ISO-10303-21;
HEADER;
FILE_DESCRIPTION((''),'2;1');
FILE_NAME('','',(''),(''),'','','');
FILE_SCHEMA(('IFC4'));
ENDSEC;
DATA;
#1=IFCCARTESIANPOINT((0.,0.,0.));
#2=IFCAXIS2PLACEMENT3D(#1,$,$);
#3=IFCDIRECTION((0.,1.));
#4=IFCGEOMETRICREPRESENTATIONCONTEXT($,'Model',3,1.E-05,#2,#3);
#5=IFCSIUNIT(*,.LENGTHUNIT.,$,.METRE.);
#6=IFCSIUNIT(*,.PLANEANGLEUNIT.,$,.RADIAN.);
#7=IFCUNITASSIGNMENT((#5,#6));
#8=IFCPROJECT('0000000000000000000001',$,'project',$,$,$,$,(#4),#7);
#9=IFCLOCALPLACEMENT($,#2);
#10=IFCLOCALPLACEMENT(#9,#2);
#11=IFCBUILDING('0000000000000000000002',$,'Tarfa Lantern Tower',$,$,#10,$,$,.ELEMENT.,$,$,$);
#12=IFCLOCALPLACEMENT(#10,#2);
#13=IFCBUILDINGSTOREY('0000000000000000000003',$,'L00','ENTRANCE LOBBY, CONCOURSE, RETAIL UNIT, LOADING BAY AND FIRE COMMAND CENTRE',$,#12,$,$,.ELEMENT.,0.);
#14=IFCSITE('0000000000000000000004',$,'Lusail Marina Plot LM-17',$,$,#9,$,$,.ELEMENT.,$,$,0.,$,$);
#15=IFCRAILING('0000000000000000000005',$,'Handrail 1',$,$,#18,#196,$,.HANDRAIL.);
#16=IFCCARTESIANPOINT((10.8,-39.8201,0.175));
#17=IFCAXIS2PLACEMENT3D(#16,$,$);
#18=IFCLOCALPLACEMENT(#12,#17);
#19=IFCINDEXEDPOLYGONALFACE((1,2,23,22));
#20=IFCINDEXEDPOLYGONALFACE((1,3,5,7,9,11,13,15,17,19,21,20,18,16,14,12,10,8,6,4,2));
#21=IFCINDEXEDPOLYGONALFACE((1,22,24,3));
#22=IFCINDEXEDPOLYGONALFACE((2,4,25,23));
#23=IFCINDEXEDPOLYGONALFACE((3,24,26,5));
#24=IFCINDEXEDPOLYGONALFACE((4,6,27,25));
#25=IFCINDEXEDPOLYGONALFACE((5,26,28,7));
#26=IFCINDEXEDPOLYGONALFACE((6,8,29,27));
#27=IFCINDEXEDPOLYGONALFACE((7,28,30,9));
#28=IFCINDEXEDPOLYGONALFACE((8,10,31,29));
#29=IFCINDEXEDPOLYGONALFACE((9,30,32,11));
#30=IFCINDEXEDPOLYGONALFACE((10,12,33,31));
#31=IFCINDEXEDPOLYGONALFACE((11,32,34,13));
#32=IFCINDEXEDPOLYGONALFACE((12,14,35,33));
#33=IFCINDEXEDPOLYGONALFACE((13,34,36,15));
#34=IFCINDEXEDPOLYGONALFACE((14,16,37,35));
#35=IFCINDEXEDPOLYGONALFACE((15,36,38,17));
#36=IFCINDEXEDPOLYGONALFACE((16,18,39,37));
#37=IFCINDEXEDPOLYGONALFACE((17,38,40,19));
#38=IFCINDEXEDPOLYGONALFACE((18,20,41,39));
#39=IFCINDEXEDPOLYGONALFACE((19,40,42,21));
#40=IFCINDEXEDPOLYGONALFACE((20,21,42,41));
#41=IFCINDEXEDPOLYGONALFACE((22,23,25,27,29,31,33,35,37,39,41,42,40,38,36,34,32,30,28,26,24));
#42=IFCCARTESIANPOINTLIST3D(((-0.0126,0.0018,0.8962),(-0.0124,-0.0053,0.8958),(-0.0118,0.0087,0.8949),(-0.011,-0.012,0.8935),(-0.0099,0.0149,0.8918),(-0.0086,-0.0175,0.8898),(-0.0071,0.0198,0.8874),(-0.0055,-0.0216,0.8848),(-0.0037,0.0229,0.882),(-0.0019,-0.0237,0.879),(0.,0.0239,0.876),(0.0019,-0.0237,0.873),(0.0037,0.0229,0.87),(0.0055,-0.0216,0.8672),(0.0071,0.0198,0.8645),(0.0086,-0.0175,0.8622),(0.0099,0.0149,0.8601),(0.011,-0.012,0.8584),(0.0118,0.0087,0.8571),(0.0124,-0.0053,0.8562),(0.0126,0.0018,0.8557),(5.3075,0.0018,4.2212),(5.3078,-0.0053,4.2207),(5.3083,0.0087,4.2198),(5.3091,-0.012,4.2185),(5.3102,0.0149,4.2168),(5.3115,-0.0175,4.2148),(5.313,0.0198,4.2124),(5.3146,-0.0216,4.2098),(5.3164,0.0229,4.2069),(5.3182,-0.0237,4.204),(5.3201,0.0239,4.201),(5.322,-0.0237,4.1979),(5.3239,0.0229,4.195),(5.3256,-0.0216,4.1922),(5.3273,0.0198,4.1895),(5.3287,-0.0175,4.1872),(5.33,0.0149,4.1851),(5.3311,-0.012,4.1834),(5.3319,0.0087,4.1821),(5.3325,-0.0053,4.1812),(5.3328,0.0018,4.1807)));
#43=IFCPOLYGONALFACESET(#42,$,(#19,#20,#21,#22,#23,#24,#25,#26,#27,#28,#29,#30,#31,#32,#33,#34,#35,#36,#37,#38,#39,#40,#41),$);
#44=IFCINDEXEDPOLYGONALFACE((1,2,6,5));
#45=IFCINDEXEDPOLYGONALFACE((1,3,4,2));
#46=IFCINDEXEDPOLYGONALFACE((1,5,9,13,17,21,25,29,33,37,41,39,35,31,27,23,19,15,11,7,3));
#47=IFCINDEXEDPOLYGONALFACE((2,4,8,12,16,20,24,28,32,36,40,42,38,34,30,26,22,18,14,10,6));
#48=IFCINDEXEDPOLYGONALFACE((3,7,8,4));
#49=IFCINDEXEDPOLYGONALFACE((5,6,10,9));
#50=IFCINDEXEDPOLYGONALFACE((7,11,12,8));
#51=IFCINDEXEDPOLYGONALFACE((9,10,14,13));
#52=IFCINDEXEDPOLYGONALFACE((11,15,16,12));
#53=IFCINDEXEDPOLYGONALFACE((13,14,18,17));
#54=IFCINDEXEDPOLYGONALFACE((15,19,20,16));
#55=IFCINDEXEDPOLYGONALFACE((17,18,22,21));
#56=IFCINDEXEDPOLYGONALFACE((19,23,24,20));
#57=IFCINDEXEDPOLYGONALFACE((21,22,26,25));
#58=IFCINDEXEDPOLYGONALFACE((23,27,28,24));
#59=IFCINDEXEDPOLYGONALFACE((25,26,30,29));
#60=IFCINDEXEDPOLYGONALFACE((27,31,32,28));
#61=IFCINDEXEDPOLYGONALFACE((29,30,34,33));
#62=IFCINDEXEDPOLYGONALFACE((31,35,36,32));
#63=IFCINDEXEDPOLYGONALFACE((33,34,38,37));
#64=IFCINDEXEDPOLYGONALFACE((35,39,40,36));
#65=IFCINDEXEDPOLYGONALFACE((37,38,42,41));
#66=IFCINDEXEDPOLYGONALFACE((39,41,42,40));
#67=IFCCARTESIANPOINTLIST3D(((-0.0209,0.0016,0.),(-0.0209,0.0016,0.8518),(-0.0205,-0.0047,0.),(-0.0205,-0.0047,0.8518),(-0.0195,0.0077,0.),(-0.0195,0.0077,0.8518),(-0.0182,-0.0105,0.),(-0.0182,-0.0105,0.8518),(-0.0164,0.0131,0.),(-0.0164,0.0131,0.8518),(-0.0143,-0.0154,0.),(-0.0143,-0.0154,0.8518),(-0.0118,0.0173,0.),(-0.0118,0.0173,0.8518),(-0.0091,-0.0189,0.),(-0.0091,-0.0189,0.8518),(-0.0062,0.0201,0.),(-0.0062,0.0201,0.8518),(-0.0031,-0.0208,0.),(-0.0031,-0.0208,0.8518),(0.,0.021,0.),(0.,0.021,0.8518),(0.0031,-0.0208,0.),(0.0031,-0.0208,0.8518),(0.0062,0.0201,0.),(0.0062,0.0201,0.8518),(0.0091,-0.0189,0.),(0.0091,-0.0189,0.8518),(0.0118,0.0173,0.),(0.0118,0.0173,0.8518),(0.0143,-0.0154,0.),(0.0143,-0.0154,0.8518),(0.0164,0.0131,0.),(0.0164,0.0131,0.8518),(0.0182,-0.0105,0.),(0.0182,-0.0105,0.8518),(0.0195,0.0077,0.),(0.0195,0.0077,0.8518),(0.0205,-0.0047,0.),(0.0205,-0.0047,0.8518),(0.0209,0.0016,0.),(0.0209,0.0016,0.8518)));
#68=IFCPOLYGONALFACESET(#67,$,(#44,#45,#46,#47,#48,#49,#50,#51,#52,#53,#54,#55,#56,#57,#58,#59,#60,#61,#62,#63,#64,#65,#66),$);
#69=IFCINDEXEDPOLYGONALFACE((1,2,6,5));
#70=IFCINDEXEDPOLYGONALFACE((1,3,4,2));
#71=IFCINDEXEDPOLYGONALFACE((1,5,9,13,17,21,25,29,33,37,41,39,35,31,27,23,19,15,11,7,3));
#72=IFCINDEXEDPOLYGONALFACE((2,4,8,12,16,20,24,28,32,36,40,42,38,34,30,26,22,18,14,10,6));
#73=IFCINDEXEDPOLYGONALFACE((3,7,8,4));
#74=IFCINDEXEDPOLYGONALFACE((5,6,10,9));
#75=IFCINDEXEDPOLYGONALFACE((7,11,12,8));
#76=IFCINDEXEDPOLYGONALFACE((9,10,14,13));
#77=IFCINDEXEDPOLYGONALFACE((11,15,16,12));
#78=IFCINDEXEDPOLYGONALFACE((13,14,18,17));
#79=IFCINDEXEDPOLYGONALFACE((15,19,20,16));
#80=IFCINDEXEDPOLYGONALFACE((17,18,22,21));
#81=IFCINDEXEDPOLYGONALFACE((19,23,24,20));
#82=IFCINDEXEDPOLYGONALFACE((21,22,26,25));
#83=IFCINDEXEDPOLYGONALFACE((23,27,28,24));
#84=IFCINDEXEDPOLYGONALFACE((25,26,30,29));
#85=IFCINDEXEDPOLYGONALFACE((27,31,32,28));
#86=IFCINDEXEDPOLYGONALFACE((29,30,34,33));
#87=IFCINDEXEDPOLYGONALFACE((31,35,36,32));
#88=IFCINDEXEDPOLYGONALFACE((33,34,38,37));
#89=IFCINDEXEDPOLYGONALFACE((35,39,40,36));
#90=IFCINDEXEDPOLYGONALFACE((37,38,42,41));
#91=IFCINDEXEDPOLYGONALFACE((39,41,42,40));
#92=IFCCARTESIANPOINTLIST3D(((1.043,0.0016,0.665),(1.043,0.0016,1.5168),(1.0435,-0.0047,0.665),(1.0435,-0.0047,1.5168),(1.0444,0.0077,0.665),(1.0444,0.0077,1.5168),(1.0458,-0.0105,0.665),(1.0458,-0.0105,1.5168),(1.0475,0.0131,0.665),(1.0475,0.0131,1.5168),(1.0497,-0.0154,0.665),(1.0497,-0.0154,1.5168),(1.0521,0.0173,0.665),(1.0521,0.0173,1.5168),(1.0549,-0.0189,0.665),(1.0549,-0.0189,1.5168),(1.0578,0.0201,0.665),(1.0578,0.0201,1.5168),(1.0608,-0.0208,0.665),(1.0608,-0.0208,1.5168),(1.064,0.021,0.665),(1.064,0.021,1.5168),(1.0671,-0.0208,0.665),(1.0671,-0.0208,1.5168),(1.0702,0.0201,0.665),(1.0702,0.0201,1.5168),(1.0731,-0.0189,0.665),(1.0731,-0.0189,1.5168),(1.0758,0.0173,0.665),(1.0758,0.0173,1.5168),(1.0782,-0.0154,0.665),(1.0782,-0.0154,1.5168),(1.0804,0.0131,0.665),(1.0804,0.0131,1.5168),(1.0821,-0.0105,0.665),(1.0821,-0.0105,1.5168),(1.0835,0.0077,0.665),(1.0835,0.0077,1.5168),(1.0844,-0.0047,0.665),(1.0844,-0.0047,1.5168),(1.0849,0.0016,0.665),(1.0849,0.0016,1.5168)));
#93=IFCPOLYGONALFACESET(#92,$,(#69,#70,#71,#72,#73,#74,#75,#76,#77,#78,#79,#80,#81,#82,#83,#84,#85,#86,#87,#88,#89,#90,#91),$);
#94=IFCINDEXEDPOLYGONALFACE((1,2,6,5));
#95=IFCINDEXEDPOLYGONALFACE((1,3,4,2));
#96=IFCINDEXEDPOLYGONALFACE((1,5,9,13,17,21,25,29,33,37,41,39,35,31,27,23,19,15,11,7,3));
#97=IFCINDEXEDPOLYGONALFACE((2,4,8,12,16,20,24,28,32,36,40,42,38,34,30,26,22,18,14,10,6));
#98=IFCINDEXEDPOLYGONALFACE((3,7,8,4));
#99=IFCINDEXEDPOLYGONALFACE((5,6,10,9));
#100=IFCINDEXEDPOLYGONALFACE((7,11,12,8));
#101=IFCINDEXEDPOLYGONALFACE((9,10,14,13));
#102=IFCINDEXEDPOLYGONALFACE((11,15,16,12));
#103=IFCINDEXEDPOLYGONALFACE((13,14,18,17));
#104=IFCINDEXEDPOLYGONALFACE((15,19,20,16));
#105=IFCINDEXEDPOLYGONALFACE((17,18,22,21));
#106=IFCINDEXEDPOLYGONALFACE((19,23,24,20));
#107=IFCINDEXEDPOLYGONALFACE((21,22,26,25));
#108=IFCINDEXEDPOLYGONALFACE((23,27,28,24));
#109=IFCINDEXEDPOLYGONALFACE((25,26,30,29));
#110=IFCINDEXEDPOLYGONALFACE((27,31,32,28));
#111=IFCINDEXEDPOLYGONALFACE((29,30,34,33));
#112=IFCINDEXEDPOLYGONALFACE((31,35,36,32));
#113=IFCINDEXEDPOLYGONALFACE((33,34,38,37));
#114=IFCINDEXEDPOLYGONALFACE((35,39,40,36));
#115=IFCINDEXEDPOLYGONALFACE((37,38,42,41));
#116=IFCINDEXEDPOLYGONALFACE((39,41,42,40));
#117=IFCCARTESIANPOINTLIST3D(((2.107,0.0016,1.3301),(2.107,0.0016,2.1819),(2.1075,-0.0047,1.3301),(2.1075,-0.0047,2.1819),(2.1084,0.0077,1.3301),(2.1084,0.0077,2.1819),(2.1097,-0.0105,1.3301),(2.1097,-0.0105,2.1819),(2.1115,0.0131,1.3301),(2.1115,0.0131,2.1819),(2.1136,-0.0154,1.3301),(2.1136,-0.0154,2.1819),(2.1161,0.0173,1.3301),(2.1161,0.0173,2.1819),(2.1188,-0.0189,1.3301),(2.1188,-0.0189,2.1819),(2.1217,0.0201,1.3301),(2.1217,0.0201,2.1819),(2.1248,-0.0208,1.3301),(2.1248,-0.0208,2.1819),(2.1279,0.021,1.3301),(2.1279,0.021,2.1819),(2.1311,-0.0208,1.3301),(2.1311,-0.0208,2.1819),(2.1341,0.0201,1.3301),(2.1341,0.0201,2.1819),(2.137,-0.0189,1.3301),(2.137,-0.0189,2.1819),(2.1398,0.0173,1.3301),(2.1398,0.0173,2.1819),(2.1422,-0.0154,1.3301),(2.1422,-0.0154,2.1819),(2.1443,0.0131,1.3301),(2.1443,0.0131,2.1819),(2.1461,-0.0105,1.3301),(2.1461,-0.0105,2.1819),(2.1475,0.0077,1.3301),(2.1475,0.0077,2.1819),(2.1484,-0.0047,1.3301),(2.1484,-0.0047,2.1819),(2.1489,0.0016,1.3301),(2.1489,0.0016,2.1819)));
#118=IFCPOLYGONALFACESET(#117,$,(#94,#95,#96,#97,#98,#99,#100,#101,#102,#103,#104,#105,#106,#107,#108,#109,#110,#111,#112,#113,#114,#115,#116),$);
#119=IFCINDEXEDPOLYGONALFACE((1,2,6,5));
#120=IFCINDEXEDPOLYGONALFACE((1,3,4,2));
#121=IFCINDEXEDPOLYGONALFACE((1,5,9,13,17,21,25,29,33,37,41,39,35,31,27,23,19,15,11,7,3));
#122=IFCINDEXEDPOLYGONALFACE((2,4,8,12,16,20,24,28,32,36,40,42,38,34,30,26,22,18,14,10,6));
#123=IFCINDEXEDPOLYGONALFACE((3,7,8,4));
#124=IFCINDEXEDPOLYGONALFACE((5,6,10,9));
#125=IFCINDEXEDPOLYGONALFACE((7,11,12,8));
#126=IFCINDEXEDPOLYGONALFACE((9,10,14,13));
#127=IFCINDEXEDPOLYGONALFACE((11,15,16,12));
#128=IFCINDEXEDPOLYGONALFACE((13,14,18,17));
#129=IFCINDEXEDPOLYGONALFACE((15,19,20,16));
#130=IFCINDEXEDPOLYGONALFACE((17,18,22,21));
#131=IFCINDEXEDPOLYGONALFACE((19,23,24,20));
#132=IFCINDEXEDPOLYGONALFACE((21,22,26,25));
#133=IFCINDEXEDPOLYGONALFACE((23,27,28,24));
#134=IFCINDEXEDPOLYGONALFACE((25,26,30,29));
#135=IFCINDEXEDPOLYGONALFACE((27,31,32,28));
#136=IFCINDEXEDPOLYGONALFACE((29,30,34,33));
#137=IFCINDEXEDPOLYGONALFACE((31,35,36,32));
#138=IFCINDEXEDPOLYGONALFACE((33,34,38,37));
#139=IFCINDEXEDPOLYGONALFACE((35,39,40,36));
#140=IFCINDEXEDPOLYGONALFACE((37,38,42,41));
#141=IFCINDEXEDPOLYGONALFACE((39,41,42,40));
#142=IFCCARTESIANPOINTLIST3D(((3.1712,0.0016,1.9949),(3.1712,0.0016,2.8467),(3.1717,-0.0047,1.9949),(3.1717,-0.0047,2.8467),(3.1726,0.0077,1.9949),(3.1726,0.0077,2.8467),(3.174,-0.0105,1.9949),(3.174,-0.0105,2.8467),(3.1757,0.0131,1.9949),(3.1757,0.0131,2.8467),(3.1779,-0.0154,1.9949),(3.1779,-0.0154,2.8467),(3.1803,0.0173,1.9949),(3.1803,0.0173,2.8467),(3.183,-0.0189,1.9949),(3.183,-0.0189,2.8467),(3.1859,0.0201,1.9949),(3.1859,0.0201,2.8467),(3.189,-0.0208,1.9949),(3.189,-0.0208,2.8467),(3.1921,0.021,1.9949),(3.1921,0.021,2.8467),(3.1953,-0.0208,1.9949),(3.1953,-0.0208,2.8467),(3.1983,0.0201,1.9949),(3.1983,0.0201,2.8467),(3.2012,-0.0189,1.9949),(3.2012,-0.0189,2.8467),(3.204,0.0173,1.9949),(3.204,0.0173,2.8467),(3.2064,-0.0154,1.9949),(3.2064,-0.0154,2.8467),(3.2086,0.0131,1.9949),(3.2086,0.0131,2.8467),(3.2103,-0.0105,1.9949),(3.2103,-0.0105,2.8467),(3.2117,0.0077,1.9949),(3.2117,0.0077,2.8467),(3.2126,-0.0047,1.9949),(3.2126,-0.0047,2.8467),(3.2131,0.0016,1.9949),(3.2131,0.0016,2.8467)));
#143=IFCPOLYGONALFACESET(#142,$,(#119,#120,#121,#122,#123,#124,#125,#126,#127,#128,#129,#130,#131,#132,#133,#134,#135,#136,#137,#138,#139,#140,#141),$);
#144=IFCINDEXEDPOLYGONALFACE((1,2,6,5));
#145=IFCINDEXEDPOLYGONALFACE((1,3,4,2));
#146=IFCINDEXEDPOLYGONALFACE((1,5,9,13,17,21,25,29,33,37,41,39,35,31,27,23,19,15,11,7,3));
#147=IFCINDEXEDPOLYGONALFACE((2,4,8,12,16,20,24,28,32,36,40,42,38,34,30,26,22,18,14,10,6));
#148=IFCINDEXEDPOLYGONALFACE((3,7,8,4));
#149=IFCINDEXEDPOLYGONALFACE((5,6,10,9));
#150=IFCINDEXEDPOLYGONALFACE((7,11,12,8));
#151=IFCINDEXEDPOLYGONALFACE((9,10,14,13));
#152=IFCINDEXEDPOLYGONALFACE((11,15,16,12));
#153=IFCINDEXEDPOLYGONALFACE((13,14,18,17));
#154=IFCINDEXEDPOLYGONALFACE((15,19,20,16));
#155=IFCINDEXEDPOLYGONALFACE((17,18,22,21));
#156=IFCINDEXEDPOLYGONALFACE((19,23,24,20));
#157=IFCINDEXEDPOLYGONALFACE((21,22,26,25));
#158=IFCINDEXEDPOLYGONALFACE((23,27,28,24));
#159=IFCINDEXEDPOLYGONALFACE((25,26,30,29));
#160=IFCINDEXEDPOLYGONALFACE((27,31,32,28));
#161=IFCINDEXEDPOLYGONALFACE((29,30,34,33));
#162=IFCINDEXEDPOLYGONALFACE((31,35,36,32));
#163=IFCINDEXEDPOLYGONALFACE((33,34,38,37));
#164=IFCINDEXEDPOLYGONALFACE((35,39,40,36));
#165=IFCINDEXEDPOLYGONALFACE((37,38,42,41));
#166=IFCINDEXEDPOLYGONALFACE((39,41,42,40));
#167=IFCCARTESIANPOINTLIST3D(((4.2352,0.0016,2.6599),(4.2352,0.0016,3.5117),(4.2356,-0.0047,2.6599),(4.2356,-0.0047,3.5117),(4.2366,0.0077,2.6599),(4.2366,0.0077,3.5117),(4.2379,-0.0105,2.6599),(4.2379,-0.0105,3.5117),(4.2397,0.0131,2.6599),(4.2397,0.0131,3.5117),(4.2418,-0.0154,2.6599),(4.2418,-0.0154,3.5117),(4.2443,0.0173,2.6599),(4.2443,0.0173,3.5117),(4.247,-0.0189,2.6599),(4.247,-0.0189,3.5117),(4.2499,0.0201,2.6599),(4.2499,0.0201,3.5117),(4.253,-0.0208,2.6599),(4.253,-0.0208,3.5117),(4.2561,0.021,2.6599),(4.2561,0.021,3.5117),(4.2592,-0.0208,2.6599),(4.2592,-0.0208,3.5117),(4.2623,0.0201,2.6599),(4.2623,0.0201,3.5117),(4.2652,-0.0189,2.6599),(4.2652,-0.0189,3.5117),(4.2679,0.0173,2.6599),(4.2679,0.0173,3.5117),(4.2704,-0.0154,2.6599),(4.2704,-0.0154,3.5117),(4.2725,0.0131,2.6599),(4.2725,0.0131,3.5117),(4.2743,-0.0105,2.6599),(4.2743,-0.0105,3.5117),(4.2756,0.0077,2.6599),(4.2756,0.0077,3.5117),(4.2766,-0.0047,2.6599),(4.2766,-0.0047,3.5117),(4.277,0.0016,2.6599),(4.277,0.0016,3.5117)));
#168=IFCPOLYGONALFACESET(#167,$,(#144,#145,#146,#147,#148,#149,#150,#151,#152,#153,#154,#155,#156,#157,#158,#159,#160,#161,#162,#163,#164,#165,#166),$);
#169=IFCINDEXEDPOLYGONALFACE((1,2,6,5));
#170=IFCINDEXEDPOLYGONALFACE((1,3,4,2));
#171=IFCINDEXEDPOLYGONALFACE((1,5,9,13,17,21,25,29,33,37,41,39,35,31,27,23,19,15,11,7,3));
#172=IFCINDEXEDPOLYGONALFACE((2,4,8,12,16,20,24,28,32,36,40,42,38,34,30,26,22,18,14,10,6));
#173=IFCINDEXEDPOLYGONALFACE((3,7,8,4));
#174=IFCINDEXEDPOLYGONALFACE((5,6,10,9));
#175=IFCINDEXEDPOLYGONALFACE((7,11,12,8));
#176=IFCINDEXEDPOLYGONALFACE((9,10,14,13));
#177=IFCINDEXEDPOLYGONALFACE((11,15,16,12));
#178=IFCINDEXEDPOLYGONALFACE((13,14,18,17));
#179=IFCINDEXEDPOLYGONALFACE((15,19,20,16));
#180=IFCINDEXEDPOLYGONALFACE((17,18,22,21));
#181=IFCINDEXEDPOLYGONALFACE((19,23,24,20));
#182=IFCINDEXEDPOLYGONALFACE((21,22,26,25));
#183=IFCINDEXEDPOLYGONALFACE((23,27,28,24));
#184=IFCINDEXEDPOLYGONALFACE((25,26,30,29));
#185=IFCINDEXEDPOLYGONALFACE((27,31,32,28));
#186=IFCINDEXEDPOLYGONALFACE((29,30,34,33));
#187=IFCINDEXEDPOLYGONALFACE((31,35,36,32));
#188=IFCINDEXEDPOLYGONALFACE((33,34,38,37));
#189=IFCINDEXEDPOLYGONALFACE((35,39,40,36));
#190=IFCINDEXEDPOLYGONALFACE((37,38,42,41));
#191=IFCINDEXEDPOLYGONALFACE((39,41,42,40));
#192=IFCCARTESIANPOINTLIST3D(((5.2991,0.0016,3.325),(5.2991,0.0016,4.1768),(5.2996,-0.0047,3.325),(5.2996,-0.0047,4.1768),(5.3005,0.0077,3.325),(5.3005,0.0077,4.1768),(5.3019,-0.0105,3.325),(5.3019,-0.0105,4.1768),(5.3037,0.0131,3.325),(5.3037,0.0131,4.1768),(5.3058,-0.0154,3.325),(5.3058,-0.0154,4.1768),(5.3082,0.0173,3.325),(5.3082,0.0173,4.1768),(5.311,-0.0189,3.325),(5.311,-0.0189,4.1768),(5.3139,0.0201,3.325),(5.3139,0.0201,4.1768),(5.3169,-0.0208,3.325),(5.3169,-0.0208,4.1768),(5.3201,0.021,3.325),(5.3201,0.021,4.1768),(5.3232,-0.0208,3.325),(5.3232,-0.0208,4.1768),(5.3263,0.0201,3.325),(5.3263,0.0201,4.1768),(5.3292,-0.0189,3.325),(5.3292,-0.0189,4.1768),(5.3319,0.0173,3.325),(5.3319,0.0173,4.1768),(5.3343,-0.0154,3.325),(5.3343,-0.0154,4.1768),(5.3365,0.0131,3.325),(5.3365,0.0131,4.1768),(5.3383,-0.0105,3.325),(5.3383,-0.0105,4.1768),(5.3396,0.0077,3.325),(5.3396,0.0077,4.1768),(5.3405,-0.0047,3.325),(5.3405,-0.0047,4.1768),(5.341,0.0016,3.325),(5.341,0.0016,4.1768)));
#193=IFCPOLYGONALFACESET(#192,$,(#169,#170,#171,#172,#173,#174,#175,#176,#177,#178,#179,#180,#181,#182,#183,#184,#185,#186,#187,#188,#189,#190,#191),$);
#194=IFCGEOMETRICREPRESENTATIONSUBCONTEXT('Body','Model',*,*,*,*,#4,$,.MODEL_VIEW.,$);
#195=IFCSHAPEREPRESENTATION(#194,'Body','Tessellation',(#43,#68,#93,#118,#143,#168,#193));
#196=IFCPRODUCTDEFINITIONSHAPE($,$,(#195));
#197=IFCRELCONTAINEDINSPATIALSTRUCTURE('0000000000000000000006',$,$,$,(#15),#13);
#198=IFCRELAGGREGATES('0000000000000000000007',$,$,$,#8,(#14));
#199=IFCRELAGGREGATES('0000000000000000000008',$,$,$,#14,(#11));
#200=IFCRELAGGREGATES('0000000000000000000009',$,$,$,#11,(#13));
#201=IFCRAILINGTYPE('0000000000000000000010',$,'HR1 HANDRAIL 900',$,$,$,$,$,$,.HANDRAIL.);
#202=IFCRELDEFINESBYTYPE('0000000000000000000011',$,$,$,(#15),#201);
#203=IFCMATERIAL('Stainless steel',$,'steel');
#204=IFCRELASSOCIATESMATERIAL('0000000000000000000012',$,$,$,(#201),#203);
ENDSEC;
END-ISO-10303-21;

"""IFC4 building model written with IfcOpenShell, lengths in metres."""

from ifc_helpers import new_model, si_unit, direction, frame, origin, origin_2d, place, context, subcontext, project, spatial, circle, extrude, material, type_object, element, save


model = new_model("IFC4")

# Units and contexts
model_context = context("Model", 3, precision=1e-05, world=origin(), true_north=direction((0.0, 1.0)))
body_context = subcontext(model_context, "Body", "Model", "MODEL_VIEW")
ifc_project = project(units=[si_unit("LENGTHUNIT", "METRE"), si_unit("PLANEANGLEUNIT", "RADIAN")], contexts=[model_context])

# Site, building, storey
site_placement = place(None, origin())
site = spatial("IfcSite", under=ifc_project, at=site_placement, Name="Lusail Marina Plot LM-17", CompositionType="ELEMENT", RefElevation=0.0)
building_placement = place(site_placement, origin())
building = spatial("IfcBuilding", under=site, at=building_placement, Name="Tarfa Lantern Tower", CompositionType="ELEMENT")
storey_placement = place(building_placement, origin())
storey = spatial("IfcBuildingStorey", under=building, at=storey_placement, Name="L00", Description="ENTRANCE LOBBY, CONCOURSE, RETAIL UNIT, LOADING BAY AND FIRE COMMAND CENTRE", CompositionType="ELEMENT", Elevation=0.0)

# Railing
ifc_material_1 = material(Name="Stainless steel", Category="steel")
railing_type = type_object("IfcRailingType", Name="HR1 HANDRAIL 900", PredefinedType="HANDRAIL", material=ifc_material_1)
railing_placement = place(storey_placement, frame((10.8, -39.8201, 0.175)))
element("IfcRailing", 1, at=railing_placement, inside=storey, type_object=railing_type, Name="Handrail 1", PredefinedType="HANDRAIL", context=body_context, shape_type="SweptSolid", body=[
    extrude(circle(Radius=0.0239, at=origin_2d()), frame((0.0, 0.0, 0.876), z_axis=(0.848005, 0.0, 0.529988), x_axis=(0.0, 1.0, 0.0)), (0.0, 0.0, 1.0), 6.2737),
    extrude(circle(Radius=0.021, at=origin_2d()), frame((0.0, 0.0, 0.0), z_axis=(0.0, 0.0, 1.0), x_axis=(0.0, 1.0, 0.0)), (0.0, 0.0, 1.0), 0.8518),
    extrude(circle(Radius=0.021, at=origin_2d()), frame((1.064, 0.0, 0.665), z_axis=(0.0, 0.0, 1.0), x_axis=(0.0, 1.0, 0.0)), (0.0, 0.0, 1.0), 0.8518),
    extrude(circle(Radius=0.021, at=origin_2d()), frame((2.1279, 0.0, 1.3301), z_axis=(0.0, 0.0, 1.0), x_axis=(0.0, 1.0, 0.0)), (0.0, 0.0, 1.0), 0.8518),
    extrude(circle(Radius=0.021, at=origin_2d()), frame((3.1921, 0.0, 1.9949), z_axis=(0.0, 0.0, 1.0), x_axis=(0.0, 1.0, 0.0)), (0.0, 0.0, 1.0), 0.8518),
    extrude(circle(Radius=0.021, at=origin_2d()), frame((4.2561, 0.0, 2.6599), z_axis=(0.0, 0.0, 1.0), x_axis=(0.0, 1.0, 0.0)), (0.0, 0.0, 1.0), 0.8518),
    extrude(circle(Radius=0.021, at=origin_2d()), frame((5.3201, 0.0, 3.325), z_axis=(0.0, 0.0, 1.0), x_axis=(0.0, 1.0, 0.0)), (0.0, 0.0, 1.0), 0.8518),
])

save(model, "model.ifc")
